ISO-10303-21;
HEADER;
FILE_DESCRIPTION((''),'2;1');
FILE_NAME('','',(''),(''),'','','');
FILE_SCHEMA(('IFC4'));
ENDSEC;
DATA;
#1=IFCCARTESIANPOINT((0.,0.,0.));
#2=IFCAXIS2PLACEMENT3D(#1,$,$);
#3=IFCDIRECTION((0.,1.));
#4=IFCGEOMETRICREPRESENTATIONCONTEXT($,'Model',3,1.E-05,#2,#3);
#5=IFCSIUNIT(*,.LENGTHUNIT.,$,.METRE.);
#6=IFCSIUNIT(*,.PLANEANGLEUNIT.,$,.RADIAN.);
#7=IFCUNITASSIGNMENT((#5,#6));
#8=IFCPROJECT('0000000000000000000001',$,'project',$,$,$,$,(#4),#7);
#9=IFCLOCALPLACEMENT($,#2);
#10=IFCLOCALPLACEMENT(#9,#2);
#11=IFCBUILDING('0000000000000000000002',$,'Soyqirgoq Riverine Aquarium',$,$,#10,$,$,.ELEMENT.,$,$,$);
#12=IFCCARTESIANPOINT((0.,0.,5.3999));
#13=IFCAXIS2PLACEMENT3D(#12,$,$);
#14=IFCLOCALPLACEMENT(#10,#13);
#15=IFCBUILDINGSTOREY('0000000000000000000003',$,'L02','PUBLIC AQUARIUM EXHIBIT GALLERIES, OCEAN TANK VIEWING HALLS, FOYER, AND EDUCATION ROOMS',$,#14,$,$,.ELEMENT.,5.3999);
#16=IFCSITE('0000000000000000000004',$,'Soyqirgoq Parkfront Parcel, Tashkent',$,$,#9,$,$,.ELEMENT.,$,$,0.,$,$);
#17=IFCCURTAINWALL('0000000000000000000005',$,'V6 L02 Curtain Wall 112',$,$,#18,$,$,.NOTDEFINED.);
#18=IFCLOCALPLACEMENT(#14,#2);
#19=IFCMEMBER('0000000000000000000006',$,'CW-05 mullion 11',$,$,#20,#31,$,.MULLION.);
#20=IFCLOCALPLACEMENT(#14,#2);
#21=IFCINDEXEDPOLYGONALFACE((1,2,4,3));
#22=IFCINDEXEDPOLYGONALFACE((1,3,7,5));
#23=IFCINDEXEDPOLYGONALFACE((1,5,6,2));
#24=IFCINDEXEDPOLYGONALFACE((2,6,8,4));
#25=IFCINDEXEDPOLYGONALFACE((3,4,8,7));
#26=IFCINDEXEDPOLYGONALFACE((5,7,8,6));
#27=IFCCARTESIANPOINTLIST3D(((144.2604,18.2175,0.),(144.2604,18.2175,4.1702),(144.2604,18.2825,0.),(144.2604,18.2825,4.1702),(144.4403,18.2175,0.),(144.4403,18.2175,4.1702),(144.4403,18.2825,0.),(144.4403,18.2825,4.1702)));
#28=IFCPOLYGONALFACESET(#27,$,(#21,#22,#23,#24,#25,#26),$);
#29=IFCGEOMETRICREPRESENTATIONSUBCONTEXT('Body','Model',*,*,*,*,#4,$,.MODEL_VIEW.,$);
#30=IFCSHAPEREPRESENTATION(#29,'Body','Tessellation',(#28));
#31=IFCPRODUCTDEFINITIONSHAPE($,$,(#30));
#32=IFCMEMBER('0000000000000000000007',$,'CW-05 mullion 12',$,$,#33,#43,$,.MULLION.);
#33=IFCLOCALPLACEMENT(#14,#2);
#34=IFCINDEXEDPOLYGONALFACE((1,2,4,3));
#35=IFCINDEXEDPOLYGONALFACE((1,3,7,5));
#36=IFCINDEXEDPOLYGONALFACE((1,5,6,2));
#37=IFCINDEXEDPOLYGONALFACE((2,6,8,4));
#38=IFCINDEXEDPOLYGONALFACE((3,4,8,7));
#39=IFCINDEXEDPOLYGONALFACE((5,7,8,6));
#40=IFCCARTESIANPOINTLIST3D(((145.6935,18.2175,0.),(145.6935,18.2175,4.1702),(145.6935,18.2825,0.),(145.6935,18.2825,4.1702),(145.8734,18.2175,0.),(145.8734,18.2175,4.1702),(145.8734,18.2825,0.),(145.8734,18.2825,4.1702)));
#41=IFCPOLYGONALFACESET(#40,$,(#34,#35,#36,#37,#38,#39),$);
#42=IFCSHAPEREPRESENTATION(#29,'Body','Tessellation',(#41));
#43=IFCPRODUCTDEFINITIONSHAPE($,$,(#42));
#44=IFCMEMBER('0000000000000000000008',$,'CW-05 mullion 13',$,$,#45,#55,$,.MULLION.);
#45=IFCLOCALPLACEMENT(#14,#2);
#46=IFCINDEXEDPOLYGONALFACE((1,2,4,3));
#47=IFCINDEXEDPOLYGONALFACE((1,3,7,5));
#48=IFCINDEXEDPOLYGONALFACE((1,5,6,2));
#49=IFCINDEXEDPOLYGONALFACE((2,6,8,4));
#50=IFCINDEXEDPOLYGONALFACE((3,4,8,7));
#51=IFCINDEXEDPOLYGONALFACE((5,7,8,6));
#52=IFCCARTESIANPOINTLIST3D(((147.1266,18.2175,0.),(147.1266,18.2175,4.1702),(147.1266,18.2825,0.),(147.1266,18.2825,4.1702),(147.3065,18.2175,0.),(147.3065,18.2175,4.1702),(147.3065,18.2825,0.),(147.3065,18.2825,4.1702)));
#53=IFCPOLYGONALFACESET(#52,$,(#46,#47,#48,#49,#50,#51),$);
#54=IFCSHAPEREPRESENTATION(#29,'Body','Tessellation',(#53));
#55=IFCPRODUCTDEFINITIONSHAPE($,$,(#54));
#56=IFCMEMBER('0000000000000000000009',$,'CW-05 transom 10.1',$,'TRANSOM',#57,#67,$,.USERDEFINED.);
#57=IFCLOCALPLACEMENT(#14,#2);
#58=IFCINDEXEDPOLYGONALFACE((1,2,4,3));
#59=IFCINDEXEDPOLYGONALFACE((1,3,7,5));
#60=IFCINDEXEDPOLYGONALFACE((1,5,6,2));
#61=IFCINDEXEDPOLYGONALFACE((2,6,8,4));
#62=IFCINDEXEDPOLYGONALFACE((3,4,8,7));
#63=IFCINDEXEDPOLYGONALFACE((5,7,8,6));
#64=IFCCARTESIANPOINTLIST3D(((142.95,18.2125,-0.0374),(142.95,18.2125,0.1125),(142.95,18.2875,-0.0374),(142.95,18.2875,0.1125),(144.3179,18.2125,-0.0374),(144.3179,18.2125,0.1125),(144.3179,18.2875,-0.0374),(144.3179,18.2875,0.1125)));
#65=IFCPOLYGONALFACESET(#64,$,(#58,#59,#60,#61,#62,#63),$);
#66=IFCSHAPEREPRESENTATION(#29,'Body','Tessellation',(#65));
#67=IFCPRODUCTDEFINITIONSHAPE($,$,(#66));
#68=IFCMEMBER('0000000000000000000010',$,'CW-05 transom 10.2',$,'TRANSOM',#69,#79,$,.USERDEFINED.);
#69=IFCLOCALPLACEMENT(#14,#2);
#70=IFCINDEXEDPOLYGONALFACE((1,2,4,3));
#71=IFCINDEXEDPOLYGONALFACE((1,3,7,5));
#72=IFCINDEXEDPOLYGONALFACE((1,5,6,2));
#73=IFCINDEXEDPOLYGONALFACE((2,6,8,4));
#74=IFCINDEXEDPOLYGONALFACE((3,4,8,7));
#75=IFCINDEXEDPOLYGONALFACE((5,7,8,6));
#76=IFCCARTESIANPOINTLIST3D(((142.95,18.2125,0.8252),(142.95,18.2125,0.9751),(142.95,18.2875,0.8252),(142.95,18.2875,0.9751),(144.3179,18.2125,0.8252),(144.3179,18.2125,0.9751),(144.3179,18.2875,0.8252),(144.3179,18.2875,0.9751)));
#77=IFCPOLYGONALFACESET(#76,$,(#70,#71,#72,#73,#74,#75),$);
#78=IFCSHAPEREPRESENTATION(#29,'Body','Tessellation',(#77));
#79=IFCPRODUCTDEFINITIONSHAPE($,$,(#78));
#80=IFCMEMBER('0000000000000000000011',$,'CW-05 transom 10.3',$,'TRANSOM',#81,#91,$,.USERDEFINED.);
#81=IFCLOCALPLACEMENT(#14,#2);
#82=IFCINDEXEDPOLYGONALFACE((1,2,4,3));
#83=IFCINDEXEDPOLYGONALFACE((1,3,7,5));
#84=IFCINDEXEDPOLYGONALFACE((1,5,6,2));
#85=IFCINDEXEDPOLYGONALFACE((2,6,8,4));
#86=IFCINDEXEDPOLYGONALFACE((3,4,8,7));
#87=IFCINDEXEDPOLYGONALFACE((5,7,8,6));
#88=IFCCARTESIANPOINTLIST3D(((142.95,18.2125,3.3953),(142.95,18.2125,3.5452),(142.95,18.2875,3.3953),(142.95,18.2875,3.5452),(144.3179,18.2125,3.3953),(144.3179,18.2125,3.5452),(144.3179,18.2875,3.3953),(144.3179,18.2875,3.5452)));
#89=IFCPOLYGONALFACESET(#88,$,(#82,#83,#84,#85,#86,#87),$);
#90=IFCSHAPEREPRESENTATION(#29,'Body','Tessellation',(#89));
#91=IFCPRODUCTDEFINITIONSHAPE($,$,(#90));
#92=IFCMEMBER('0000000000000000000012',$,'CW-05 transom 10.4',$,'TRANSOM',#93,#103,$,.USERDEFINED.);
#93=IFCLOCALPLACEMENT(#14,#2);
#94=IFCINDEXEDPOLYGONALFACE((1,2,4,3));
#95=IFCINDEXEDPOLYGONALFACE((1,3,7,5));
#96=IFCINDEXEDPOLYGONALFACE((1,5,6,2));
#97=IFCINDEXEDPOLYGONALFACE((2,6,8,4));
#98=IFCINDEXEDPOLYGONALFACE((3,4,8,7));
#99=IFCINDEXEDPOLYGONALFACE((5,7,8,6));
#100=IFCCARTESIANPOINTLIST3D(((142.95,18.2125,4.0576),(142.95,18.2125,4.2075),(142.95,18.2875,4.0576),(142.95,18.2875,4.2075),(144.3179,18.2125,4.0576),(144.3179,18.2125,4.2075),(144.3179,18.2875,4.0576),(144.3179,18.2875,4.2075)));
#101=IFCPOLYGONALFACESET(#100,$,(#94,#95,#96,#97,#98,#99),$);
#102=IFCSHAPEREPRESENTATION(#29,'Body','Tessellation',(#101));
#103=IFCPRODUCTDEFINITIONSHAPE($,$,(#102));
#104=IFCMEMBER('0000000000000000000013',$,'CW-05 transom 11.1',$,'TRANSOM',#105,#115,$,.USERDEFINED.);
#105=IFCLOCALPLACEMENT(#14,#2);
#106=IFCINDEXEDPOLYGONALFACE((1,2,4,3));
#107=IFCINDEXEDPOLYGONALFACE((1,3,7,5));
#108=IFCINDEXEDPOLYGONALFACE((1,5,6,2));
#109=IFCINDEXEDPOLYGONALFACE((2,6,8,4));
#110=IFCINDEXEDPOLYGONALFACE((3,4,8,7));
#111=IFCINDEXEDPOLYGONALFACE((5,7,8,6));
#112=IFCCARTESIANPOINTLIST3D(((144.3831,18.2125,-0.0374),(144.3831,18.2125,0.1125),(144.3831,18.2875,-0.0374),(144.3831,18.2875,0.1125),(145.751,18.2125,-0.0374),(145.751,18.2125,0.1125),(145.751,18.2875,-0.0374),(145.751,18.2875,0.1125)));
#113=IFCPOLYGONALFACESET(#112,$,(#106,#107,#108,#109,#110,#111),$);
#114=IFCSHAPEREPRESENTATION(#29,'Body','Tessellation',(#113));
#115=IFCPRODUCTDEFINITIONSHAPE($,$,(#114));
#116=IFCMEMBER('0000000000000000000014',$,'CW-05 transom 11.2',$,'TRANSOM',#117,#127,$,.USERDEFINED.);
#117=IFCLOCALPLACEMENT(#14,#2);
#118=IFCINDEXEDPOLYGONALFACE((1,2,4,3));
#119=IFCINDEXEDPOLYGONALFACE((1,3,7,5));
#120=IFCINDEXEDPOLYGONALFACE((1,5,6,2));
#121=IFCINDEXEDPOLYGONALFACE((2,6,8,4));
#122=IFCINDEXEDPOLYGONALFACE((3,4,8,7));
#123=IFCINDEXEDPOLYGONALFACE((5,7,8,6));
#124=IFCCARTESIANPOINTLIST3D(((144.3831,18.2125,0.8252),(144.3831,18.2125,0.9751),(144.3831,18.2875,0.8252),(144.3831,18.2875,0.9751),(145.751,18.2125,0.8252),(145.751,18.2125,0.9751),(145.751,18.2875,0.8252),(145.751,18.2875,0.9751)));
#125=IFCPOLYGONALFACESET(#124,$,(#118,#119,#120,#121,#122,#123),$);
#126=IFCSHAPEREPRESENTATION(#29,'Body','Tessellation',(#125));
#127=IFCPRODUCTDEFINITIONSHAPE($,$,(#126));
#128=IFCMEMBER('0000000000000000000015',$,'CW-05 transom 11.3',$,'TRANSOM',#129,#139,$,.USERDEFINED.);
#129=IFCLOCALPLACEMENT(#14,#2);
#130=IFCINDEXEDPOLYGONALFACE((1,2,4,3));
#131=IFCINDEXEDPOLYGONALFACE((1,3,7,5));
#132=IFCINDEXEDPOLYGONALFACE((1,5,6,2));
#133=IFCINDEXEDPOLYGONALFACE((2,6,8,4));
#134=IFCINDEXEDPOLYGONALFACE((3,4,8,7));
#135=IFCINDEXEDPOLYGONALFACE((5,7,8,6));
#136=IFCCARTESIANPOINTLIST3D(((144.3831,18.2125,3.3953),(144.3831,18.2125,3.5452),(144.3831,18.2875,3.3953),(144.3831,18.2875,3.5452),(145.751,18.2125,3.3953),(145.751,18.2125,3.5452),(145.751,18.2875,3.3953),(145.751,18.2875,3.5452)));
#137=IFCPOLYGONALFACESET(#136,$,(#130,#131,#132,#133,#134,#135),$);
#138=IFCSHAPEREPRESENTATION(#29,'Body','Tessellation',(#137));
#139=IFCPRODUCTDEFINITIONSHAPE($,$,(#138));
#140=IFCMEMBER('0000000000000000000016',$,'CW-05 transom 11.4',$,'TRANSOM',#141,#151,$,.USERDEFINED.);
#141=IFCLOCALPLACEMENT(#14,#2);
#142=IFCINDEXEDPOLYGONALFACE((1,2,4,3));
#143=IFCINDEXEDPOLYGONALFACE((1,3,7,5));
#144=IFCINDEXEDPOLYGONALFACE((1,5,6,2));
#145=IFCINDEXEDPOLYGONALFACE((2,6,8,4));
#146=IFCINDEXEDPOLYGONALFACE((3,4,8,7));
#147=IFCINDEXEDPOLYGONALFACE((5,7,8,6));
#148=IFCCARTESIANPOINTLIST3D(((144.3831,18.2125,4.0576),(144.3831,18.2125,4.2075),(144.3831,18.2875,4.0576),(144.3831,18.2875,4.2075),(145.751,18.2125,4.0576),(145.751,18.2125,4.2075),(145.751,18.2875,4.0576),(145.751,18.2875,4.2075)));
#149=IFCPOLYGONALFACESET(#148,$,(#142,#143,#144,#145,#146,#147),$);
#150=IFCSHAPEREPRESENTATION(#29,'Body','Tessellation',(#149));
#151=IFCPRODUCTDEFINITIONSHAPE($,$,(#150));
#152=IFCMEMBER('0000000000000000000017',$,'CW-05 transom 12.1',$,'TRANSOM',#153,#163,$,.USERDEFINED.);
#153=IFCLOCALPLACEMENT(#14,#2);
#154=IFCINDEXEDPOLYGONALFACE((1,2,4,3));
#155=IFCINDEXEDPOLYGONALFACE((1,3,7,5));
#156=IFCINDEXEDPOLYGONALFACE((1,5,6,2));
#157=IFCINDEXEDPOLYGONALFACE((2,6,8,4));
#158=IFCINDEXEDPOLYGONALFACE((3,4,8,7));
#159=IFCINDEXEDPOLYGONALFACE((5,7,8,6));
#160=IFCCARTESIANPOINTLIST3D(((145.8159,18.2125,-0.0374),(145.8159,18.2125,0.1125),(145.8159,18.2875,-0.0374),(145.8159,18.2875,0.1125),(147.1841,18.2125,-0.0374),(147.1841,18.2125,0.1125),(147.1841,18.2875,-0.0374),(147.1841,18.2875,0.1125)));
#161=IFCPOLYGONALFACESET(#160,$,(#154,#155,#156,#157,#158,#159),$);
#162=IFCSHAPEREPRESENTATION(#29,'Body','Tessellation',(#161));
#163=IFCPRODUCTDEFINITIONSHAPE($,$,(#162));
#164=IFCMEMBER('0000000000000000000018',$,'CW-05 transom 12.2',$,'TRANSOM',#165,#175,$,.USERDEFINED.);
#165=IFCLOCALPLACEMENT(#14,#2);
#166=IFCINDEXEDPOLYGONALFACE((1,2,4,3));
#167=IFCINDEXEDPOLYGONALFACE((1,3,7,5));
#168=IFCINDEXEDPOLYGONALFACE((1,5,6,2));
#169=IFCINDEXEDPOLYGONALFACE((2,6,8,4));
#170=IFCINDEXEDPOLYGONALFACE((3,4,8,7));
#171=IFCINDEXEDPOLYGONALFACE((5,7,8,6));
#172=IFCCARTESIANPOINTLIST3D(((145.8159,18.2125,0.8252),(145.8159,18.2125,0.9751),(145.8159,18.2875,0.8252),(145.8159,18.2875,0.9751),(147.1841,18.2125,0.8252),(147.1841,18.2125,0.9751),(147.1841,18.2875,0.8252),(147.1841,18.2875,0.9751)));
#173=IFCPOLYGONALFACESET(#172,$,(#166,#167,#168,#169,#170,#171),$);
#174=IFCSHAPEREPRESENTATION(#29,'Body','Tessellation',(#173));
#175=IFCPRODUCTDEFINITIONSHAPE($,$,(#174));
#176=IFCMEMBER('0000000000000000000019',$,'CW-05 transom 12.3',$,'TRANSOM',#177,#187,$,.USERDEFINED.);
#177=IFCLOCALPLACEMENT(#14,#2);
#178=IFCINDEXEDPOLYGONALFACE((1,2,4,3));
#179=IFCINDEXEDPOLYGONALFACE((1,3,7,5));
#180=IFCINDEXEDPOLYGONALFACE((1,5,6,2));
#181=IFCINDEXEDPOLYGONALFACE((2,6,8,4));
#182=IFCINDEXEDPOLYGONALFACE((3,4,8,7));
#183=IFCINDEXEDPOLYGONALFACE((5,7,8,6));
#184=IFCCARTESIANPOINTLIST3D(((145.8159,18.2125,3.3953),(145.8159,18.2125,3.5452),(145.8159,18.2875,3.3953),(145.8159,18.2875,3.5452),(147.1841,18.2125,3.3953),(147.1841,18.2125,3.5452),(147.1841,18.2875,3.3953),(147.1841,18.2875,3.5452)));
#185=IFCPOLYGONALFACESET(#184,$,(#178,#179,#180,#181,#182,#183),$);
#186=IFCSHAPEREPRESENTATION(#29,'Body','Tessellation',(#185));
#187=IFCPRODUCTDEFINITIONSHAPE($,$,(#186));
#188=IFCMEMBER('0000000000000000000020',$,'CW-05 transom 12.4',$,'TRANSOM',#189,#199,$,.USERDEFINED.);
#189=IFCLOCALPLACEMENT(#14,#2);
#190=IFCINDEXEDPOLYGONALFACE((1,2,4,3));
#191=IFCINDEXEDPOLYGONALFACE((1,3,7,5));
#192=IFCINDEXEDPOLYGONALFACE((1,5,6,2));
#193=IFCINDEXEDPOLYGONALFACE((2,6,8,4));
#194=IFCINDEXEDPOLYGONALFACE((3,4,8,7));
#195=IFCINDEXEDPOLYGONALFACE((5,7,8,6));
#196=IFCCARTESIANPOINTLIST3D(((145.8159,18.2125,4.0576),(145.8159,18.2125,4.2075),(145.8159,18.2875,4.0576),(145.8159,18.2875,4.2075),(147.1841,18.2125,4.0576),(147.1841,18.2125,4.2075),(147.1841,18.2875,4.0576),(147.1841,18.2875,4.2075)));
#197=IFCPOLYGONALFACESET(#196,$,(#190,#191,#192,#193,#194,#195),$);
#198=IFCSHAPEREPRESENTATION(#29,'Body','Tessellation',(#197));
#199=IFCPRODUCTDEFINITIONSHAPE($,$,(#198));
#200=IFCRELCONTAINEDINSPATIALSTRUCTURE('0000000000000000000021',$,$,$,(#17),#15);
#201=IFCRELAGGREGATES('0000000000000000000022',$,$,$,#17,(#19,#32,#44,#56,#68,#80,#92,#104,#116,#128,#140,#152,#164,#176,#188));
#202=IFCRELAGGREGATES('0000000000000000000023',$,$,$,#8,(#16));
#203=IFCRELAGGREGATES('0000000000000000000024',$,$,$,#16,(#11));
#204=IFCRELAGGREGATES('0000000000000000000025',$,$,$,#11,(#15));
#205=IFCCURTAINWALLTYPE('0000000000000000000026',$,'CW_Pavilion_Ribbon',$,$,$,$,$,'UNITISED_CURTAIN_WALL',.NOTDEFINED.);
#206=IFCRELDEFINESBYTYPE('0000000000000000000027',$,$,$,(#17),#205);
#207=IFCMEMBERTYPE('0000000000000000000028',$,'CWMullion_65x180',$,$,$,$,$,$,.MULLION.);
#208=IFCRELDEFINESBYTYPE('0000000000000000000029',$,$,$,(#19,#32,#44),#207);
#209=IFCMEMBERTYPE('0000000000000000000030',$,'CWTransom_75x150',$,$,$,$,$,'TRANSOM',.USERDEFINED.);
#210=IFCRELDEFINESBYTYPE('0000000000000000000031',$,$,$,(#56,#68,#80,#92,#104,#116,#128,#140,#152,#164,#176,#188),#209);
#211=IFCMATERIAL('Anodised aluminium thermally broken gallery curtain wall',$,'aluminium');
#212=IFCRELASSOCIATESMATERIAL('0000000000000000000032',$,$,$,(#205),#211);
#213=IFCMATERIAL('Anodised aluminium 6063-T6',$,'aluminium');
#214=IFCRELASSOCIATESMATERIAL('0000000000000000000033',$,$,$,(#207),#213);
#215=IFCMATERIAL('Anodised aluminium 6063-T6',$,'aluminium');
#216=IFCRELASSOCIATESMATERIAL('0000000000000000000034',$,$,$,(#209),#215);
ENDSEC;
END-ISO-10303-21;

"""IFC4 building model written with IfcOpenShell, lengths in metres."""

from ifc_helpers import new_model, si_unit, direction, frame, origin, origin_2d, place, context, subcontext, project, spatial, rectangle, extrude, material, material_profile, profile_set, type_object, element, aggregate, save


model = new_model("IFC4")

# Units and contexts
model_context = context("Model", 3, precision=1e-05, world=origin(), true_north=direction((0.0, 1.0)))
body_context = subcontext(model_context, "Body", "Model", "MODEL_VIEW")
ifc_project = project(units=[si_unit("LENGTHUNIT", "METRE"), si_unit("PLANEANGLEUNIT", "RADIAN")], contexts=[model_context])

# Site, building, storey
site_placement = place(None, origin())
site = spatial("IfcSite", under=ifc_project, at=site_placement, Name="Soyqirgoq Parkfront Parcel, Tashkent", CompositionType="ELEMENT", RefElevation=0.0)
building_placement = place(site_placement, origin())
building = spatial("IfcBuilding", under=site, at=building_placement, Name="Soyqirgoq Riverine Aquarium", CompositionType="ELEMENT")
storey_placement = place(building_placement, frame((0.0, 0.0, 5.3999)))
storey = spatial("IfcBuildingStorey", under=building, at=storey_placement, Name="L02", Description="PUBLIC AQUARIUM EXHIBIT GALLERIES, OCEAN TANK VIEWING HALLS, FOYER, AND EDUCATION ROOMS", CompositionType="ELEMENT", Elevation=5.3999)

# Curtain wall, members
ifc_material_1 = material(Name="Anodised aluminium thermally broken gallery curtain wall", Category="aluminium")
curtain_wall_type = type_object("IfcCurtainWallType", Name="CW_Pavilion_Ribbon", ElementType="UNITISED_CURTAIN_WALL", PredefinedType="NOTDEFINED", material=ifc_material_1)
curtain_wall_placement = place(storey_placement, origin())
curtain_wall = element("IfcCurtainWall", 1, at=curtain_wall_placement, inside=storey, type_object=curtain_wall_type, Name="V6 L02 Curtain Wall 112", PredefinedType="NOTDEFINED")
ifc_material_2 = material(Name="Anodised aluminium 6063-T6", Category="aluminium")
ifc_material_profile_1 = material_profile(ifc_material_2, rectangle(XDim=0.0649, YDim=0.1799, at=origin_2d()), Name="ALU-M 65x180")
ifc_profile_set_1 = profile_set([ifc_material_profile_1], Name="Anodised aluminium 6063-T6")
member_type_1 = type_object("IfcMemberType", Name="CWMullion_65x180", PredefinedType="MULLION", material=ifc_profile_set_1)
member_1_placement = place(storey_placement, frame((144.3503, 18.25, 0.0), z_axis=(0.0, 0.0, 1.0), x_axis=(0.0, 1.0, 0.0)))
member_1 = element("IfcMember", 2, at=member_1_placement, type_object=member_type_1, Name="CW-05 mullion 11", PredefinedType="MULLION", context=body_context, shape_type="SweptSolid", body=[
    extrude(rectangle(XDim=0.0649, YDim=0.1799, at=origin_2d()), origin(), (0.0, 0.0, 1.0), 4.1702),
])
member_2_placement = place(storey_placement, frame((145.7834, 18.25, 0.0), z_axis=(0.0, 0.0, 1.0), x_axis=(0.0, 1.0, 0.0)))
member_2 = element("IfcMember", 3, at=member_2_placement, type_object=member_type_1, Name="CW-05 mullion 12", PredefinedType="MULLION", context=body_context, shape_type="SweptSolid", body=[
    extrude(rectangle(XDim=0.0649, YDim=0.1799, at=origin_2d()), origin(), (0.0, 0.0, 1.0), 4.1702),
])
member_3_placement = place(storey_placement, frame((147.2166, 18.25, 0.0), z_axis=(0.0, 0.0, 1.0), x_axis=(0.0, 1.0, 0.0)))
member_3 = element("IfcMember", 4, at=member_3_placement, type_object=member_type_1, Name="CW-05 mullion 13", PredefinedType="MULLION", context=body_context, shape_type="SweptSolid", body=[
    extrude(rectangle(XDim=0.0649, YDim=0.1799, at=origin_2d()), origin(), (0.0, 0.0, 1.0), 4.1702),
])
ifc_material_3 = material(Name="Anodised aluminium 6063-T6", Category="aluminium")
ifc_material_profile_2 = material_profile(ifc_material_3, rectangle(XDim=0.075, YDim=0.1499, at=origin_2d()), Name="ALU-T 75x150")
ifc_profile_set_2 = profile_set([ifc_material_profile_2], Name="Anodised aluminium 6063-T6")
member_type_2 = type_object("IfcMemberType", Name="CWTransom_75x150", ElementType="TRANSOM", PredefinedType="USERDEFINED", material=ifc_profile_set_2)
member_4_placement = place(storey_placement, frame((142.95, 18.25, 0.0376), z_axis=(1.0, 0.0, 0.0), x_axis=(0.0, 1.0, 0.0)))
member_4 = element("IfcMember", 5, at=member_4_placement, type_object=member_type_2, Name="CW-05 transom 10.1", ObjectType="TRANSOM", PredefinedType="USERDEFINED", context=body_context, shape_type="SweptSolid", body=[
    extrude(rectangle(XDim=0.075, YDim=0.1499, at=origin_2d()), origin(), (0.0, 0.0, 1.0), 1.3679),
])
member_5_placement = place(storey_placement, frame((142.95, 18.25, 0.9001), z_axis=(1.0, 0.0, 0.0), x_axis=(0.0, 1.0, 0.0)))
member_5 = element("IfcMember", 6, at=member_5_placement, type_object=member_type_2, Name="CW-05 transom 10.2", ObjectType="TRANSOM", PredefinedType="USERDEFINED", context=body_context, shape_type="SweptSolid", body=[
    extrude(rectangle(XDim=0.075, YDim=0.1499, at=origin_2d()), origin(), (0.0, 0.0, 1.0), 1.3679),
])
member_6_placement = place(storey_placement, frame((142.95, 18.25, 3.4702), z_axis=(1.0, 0.0, 0.0), x_axis=(0.0, 1.0, 0.0)))
member_6 = element("IfcMember", 7, at=member_6_placement, type_object=member_type_2, Name="CW-05 transom 10.3", ObjectType="TRANSOM", PredefinedType="USERDEFINED", context=body_context, shape_type="SweptSolid", body=[
    extrude(rectangle(XDim=0.075, YDim=0.1499, at=origin_2d()), origin(), (0.0, 0.0, 1.0), 1.3679),
])
member_7_placement = place(storey_placement, frame((142.95, 18.25, 4.1326), z_axis=(1.0, 0.0, 0.0), x_axis=(0.0, 1.0, 0.0)))
member_7 = element("IfcMember", 8, at=member_7_placement, type_object=member_type_2, Name="CW-05 transom 10.4", ObjectType="TRANSOM", PredefinedType="USERDEFINED", context=body_context, shape_type="SweptSolid", body=[
    extrude(rectangle(XDim=0.075, YDim=0.1499, at=origin_2d()), origin(), (0.0, 0.0, 1.0), 1.3679),
])
member_8_placement = place(storey_placement, frame((144.3831, 18.25, 0.0376), z_axis=(1.0, 0.0, 0.0), x_axis=(0.0, 1.0, 0.0)))
member_8 = element("IfcMember", 9, at=member_8_placement, type_object=member_type_2, Name="CW-05 transom 11.1", ObjectType="TRANSOM", PredefinedType="USERDEFINED", context=body_context, shape_type="SweptSolid", body=[
    extrude(rectangle(XDim=0.075, YDim=0.1499, at=origin_2d()), origin(), (0.0, 0.0, 1.0), 1.3679),
])
member_9_placement = place(storey_placement, frame((144.3831, 18.25, 0.9001), z_axis=(1.0, 0.0, 0.0), x_axis=(0.0, 1.0, 0.0)))
member_9 = element("IfcMember", 10, at=member_9_placement, type_object=member_type_2, Name="CW-05 transom 11.2", ObjectType="TRANSOM", PredefinedType="USERDEFINED", context=body_context, shape_type="SweptSolid", body=[
    extrude(rectangle(XDim=0.075, YDim=0.1499, at=origin_2d()), origin(), (0.0, 0.0, 1.0), 1.3679),
])
member_10_placement = place(storey_placement, frame((144.3831, 18.25, 3.4702), z_axis=(1.0, 0.0, 0.0), x_axis=(0.0, 1.0, 0.0)))
member_10 = element("IfcMember", 11, at=member_10_placement, type_object=member_type_2, Name="CW-05 transom 11.3", ObjectType="TRANSOM", PredefinedType="USERDEFINED", context=body_context, shape_type="SweptSolid", body=[
    extrude(rectangle(XDim=0.075, YDim=0.1499, at=origin_2d()), origin(), (0.0, 0.0, 1.0), 1.3679),
])
member_11_placement = place(storey_placement, frame((144.3831, 18.25, 4.1326), z_axis=(1.0, 0.0, 0.0), x_axis=(0.0, 1.0, 0.0)))
member_11 = element("IfcMember", 12, at=member_11_placement, type_object=member_type_2, Name="CW-05 transom 11.4", ObjectType="TRANSOM", PredefinedType="USERDEFINED", context=body_context, shape_type="SweptSolid", body=[
    extrude(rectangle(XDim=0.075, YDim=0.1499, at=origin_2d()), origin(), (0.0, 0.0, 1.0), 1.3679),
])
member_12_placement = place(storey_placement, frame((145.8159, 18.25, 0.0376), z_axis=(1.0, 0.0, 0.0), x_axis=(0.0, 1.0, 0.0)))
member_12 = element("IfcMember", 13, at=member_12_placement, type_object=member_type_2, Name="CW-05 transom 12.1", ObjectType="TRANSOM", PredefinedType="USERDEFINED", context=body_context, shape_type="SweptSolid", body=[
    extrude(rectangle(XDim=0.075, YDim=0.1499, at=origin_2d()), origin(), (0.0, 0.0, 1.0), 1.3682),
])
member_13_placement = place(storey_placement, frame((145.8159, 18.25, 0.9001), z_axis=(1.0, 0.0, 0.0), x_axis=(0.0, 1.0, 0.0)))
member_13 = element("IfcMember", 14, at=member_13_placement, type_object=member_type_2, Name="CW-05 transom 12.2", ObjectType="TRANSOM", PredefinedType="USERDEFINED", context=body_context, shape_type="SweptSolid", body=[
    extrude(rectangle(XDim=0.075, YDim=0.1499, at=origin_2d()), origin(), (0.0, 0.0, 1.0), 1.3682),
])
member_14_placement = place(storey_placement, frame((145.8159, 18.25, 3.4702), z_axis=(1.0, 0.0, 0.0), x_axis=(0.0, 1.0, 0.0)))
member_14 = element("IfcMember", 15, at=member_14_placement, type_object=member_type_2, Name="CW-05 transom 12.3", ObjectType="TRANSOM", PredefinedType="USERDEFINED", context=body_context, shape_type="SweptSolid", body=[
    extrude(rectangle(XDim=0.075, YDim=0.1499, at=origin_2d()), origin(), (0.0, 0.0, 1.0), 1.3682),
])
member_15_placement = place(storey_placement, frame((145.8159, 18.25, 4.1326), z_axis=(1.0, 0.0, 0.0), x_axis=(0.0, 1.0, 0.0)))
member_15 = element("IfcMember", 16, at=member_15_placement, type_object=member_type_2, Name="CW-05 transom 12.4", ObjectType="TRANSOM", PredefinedType="USERDEFINED", context=body_context, shape_type="SweptSolid", body=[
    extrude(rectangle(XDim=0.075, YDim=0.1499, at=origin_2d()), origin(), (0.0, 0.0, 1.0), 1.3682),
])
aggregate(curtain_wall, [member_1, member_2, member_3, member_4, member_5, member_6, member_7, member_8, member_9, member_10, member_11, member_12, member_13, member_14, member_15])

save(model, "model.ifc")
